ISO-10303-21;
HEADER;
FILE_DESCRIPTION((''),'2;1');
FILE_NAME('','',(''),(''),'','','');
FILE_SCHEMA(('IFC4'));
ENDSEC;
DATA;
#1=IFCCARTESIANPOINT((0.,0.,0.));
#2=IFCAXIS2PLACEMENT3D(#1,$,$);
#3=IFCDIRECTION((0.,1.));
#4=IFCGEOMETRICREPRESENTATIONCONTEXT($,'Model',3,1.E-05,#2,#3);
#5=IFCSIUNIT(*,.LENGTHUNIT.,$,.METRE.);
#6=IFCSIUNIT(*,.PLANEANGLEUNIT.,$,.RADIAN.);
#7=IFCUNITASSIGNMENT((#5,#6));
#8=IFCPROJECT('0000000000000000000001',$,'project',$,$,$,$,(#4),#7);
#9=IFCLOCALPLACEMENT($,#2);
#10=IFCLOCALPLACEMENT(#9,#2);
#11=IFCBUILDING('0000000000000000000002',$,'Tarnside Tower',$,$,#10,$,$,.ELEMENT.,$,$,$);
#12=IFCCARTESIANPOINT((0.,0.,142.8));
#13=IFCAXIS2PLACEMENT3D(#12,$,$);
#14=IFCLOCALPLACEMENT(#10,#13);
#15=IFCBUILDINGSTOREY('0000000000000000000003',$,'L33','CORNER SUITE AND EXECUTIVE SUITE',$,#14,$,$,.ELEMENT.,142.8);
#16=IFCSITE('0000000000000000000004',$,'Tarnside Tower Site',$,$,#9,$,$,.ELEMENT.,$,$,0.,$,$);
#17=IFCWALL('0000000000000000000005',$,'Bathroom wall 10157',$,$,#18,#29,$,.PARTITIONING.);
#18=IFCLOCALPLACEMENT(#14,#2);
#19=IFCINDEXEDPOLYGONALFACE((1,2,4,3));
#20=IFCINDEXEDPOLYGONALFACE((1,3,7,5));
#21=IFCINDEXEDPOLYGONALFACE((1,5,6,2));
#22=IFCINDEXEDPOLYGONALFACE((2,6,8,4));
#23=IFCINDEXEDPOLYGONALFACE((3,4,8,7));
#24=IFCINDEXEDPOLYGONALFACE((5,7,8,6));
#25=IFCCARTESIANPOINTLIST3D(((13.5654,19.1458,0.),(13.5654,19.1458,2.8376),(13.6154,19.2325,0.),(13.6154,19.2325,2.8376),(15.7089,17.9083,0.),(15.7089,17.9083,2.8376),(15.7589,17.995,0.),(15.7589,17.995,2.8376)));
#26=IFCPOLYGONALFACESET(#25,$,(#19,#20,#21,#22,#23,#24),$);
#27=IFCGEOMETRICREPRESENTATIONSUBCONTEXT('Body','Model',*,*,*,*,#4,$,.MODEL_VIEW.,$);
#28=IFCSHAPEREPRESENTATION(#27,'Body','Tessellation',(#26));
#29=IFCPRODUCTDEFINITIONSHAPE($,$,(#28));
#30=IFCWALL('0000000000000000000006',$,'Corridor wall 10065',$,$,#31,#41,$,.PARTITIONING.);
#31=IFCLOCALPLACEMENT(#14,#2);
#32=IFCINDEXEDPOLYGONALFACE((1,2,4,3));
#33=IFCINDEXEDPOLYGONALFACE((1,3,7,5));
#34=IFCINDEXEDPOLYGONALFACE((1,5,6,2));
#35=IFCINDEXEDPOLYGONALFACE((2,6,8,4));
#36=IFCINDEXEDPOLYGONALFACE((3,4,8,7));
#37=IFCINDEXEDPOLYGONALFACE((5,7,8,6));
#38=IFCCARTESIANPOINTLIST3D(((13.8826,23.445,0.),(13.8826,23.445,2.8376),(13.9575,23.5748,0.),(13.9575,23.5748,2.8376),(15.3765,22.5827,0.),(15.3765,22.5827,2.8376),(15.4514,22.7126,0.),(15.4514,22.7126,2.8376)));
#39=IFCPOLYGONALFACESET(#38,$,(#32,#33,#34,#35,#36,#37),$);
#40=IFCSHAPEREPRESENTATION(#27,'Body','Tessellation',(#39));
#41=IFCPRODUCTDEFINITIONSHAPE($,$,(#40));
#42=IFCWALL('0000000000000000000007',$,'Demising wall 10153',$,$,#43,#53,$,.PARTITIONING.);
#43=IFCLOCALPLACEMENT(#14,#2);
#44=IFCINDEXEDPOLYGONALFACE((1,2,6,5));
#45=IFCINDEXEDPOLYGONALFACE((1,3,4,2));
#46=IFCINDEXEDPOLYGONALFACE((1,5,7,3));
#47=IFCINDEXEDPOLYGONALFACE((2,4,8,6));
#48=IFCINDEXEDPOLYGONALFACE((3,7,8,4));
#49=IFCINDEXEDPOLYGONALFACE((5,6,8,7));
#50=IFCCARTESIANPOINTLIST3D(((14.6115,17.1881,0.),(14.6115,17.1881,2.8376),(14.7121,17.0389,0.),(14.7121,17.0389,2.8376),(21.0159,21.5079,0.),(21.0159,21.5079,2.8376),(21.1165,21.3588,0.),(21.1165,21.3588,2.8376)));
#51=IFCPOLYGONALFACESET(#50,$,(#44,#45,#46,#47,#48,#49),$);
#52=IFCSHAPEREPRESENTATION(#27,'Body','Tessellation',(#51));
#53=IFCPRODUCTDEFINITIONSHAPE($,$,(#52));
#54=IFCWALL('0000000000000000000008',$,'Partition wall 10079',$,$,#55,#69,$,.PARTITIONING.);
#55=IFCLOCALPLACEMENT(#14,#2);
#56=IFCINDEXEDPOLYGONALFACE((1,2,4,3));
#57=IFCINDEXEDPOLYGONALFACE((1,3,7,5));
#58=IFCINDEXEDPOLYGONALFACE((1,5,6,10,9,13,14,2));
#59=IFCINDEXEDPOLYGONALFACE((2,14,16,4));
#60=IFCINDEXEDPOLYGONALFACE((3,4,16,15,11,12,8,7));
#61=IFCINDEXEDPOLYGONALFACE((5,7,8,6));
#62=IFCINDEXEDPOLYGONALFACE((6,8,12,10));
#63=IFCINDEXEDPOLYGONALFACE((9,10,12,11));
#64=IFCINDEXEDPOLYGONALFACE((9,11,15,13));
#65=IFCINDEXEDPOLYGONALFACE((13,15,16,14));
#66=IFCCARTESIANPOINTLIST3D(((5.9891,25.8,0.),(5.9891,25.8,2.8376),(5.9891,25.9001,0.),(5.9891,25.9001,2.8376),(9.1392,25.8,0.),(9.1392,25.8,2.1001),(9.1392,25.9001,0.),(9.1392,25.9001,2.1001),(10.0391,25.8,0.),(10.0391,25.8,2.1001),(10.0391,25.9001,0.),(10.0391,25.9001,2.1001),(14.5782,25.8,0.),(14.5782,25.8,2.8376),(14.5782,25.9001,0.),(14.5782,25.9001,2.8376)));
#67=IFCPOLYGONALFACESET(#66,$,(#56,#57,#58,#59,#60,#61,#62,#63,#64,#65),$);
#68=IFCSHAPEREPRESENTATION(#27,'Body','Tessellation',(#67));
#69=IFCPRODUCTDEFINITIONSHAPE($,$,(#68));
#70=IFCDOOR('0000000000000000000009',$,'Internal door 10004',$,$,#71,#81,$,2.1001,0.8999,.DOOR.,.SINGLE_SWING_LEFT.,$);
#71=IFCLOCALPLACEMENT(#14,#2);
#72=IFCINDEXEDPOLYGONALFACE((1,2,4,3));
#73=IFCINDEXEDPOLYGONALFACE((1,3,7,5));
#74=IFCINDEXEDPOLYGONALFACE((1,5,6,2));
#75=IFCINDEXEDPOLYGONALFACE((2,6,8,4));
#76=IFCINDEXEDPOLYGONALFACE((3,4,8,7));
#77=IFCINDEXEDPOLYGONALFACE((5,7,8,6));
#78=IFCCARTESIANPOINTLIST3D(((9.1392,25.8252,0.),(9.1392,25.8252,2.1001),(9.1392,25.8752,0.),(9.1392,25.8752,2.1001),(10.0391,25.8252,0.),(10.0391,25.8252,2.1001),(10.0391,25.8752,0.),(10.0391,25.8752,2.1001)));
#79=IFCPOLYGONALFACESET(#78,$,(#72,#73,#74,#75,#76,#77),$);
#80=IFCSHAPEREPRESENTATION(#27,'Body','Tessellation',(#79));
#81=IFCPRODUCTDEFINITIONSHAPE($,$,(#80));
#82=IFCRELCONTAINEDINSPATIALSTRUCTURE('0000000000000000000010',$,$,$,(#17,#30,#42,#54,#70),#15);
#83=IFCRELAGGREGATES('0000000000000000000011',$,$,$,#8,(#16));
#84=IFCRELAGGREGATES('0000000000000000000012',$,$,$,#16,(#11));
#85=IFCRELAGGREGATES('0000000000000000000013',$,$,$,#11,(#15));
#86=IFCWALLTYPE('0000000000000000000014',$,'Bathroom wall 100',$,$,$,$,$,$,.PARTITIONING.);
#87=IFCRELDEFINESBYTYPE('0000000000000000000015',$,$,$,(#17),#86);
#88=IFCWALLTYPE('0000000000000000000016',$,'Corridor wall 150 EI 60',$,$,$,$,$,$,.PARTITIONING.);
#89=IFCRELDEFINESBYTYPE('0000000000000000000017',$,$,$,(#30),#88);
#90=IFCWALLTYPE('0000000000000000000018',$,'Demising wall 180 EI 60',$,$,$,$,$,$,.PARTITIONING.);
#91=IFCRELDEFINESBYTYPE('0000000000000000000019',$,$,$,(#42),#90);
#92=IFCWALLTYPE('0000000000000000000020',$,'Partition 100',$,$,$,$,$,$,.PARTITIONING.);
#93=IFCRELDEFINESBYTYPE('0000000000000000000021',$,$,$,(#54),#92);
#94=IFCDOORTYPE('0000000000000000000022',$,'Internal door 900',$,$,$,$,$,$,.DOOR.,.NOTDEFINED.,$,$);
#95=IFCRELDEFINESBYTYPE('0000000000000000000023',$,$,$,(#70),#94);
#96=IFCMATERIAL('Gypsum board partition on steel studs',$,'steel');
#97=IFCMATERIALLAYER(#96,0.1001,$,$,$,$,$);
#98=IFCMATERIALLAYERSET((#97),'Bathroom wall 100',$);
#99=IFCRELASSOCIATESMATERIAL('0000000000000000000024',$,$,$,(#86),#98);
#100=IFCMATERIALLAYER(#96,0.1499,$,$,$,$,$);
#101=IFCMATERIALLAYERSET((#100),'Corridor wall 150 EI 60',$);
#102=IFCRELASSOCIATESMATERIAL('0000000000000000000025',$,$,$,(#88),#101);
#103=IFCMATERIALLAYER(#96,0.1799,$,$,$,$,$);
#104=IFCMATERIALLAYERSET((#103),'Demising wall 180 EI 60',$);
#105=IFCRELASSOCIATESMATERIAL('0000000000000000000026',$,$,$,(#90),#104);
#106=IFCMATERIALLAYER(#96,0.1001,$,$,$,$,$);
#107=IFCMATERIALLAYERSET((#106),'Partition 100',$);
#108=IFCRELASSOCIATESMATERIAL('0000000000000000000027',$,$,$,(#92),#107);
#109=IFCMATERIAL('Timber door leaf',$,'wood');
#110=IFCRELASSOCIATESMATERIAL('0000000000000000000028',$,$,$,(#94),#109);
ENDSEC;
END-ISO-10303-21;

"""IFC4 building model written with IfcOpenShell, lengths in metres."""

from ifc_helpers import new_model, si_unit, direction, frame, frame_2d, origin, place, context, subcontext, project, spatial, rectangle, extrude, material, layer, layer_set, type_object, element, fill, save


model = new_model("IFC4")

# Units and contexts
model_context = context("Model", 3, precision=1e-05, world=origin(), true_north=direction((0.0, 1.0)))
body_context = subcontext(model_context, "Body", "Model", "MODEL_VIEW")
ifc_project = project(units=[si_unit("LENGTHUNIT", "METRE"), si_unit("PLANEANGLEUNIT", "RADIAN")], contexts=[model_context])

# Site, building, storey
site_placement = place(None, origin())
site = spatial("IfcSite", under=ifc_project, at=site_placement, Name="Tarnside Tower Site", CompositionType="ELEMENT", RefElevation=0.0)
building_placement = place(site_placement, origin())
building = spatial("IfcBuilding", under=site, at=building_placement, Name="Tarnside Tower", CompositionType="ELEMENT")
storey_placement = place(building_placement, frame((0.0, 0.0, 142.8)))
storey = spatial("IfcBuildingStorey", under=building, at=storey_placement, Name="L33", Description="CORNER SUITE AND EXECUTIVE SUITE", CompositionType="ELEMENT", Elevation=142.8)

# Shared definitions
ifc_material_1 = material(Name="Gypsum board partition on steel studs", Category="steel")
ifc_layer_1 = layer(ifc_material_1, 0.1001)
ifc_layer_set_1 = layer_set([ifc_layer_1], Name="Bathroom wall 100")
wall_type_1 = type_object("IfcWallType", Name="Bathroom wall 100", PredefinedType="PARTITIONING", material=ifc_layer_set_1)

# Shared definitions
ifc_material_2 = material(Name="Timber door leaf", Category="wood")

# Walls
wall_1_placement = place(storey_placement, frame((15.7339, 17.9517, 0.0), z_axis=(0.0, 0.0, 1.0), x_axis=(-0.866031, 0.49999, 0.0)))
element("IfcWall", 1, at=wall_1_placement, inside=storey, type_object=wall_type_1, Name="Bathroom wall 10157", PredefinedType="PARTITIONING", context=body_context, shape_type="SweptSolid", body=[
    extrude(rectangle(XDim=2.4751, YDim=0.1001, at=frame_2d((1.2375, 0.0))), origin(), (0.0, 0.0, 1.0), 2.8376),
])
ifc_layer_2 = layer(ifc_material_1, 0.1499)
ifc_layer_set_2 = layer_set([ifc_layer_2], Name="Corridor wall 150 EI 60")
wall_type_2 = type_object("IfcWallType", Name="Corridor wall 150 EI 60", PredefinedType="PARTITIONING", material=ifc_layer_set_2)
wall_2_placement = place(storey_placement, frame((15.4138, 22.6477, 0.0), z_axis=(0.0, 0.0, 1.0), x_axis=(-0.866075, 0.499914, 0.0)))
element("IfcWall", 2, at=wall_2_placement, inside=storey, type_object=wall_type_2, Name="Corridor wall 10065", PredefinedType="PARTITIONING", context=body_context, shape_type="SweptSolid", body=[
    extrude(rectangle(XDim=1.7249, YDim=0.1499, at=frame_2d((0.8623, 0.0))), origin(), (0.0, 0.0, 1.0), 2.8376),
])
ifc_layer_3 = layer(ifc_material_1, 0.1799)
ifc_layer_set_3 = layer_set([ifc_layer_3], Name="Demising wall 180 EI 60")
wall_type_3 = type_object("IfcWallType", Name="Demising wall 180 EI 60", PredefinedType="PARTITIONING", material=ifc_layer_set_3)
wall_3_placement = place(storey_placement, frame((21.0662, 21.4333, 0.0), z_axis=(0.0, 0.0, 1.0), x_axis=(-0.829033, -0.559199, 0.0)))
element("IfcWall", 3, at=wall_3_placement, inside=storey, type_object=wall_type_3, Name="Demising wall 10153", PredefinedType="PARTITIONING", context=body_context, shape_type="SweptSolid", body=[
    extrude(rectangle(XDim=7.7251, YDim=0.1799, at=frame_2d((3.8625, 0.0))), origin(), (0.0, 0.0, 1.0), 2.8376),
])

# Wall, opening, door
ifc_layer_4 = layer(ifc_material_1, 0.1001)
ifc_layer_set_4 = layer_set([ifc_layer_4], Name="Partition 100")
wall_type_4 = type_object("IfcWallType", Name="Partition 100", PredefinedType="PARTITIONING", material=ifc_layer_set_4)
wall_4_placement = place(storey_placement, frame((14.5781, 25.8501, 0.0), z_axis=(0.0, 0.0, 1.0), x_axis=(-1.0, 0.0, 0.0)))
wall_4 = element("IfcWall", 4, at=wall_4_placement, inside=storey, type_object=wall_type_4, Name="Partition wall 10079", PredefinedType="PARTITIONING", context=body_context, shape_type="SweptSolid", body=[
    extrude(rectangle(XDim=8.5891, YDim=0.1001, at=frame_2d((4.2944, 0.0))), origin(), (0.0, 0.0, 1.0), 2.8376),
])
opening_1_placement = place(wall_4_placement, frame((4.5391, 0.0, 0.0)))
opening_1 = element("IfcOpeningElement", 5, at=opening_1_placement, cuts=wall_4, PredefinedType="OPENING", context=body_context, shape_type="SweptSolid", body=[
    extrude(rectangle(XDim=0.8999, YDim=2.1001, at=frame_2d((0.45, 1.05))), frame((0.0, 0.0601, 0.0), z_axis=(0.0, -1.0, 0.0), x_axis=(1.0, 0.0, 0.0)), (0.0, 0.0, 1.0), 0.1201),
])
door_type_1 = type_object("IfcDoorType", Name="Internal door 900", OperationType="NOTDEFINED", PredefinedType="DOOR", material=ifc_material_2)
door_1_placement = place(opening_1_placement, origin())
door_1 = element("IfcDoor", 6, at=door_1_placement, inside=storey, type_object=door_type_1, Name="Internal door 10004", OperationType="SINGLE_SWING_LEFT", OverallHeight=2.1001, OverallWidth=0.8999, PredefinedType="DOOR", context=body_context, shape_type="SweptSolid", body=[
    extrude(rectangle(XDim=0.8999, YDim=2.1001, at=frame_2d((0.45, 1.05))), frame((0.0, 0.0249, 0.0), z_axis=(0.0, -1.0, 0.0), x_axis=(1.0, 0.0, 0.0)), (0.0, 0.0, 1.0), 0.05),
])
fill(opening_1, door_1)

save(model, "model.ifc")
